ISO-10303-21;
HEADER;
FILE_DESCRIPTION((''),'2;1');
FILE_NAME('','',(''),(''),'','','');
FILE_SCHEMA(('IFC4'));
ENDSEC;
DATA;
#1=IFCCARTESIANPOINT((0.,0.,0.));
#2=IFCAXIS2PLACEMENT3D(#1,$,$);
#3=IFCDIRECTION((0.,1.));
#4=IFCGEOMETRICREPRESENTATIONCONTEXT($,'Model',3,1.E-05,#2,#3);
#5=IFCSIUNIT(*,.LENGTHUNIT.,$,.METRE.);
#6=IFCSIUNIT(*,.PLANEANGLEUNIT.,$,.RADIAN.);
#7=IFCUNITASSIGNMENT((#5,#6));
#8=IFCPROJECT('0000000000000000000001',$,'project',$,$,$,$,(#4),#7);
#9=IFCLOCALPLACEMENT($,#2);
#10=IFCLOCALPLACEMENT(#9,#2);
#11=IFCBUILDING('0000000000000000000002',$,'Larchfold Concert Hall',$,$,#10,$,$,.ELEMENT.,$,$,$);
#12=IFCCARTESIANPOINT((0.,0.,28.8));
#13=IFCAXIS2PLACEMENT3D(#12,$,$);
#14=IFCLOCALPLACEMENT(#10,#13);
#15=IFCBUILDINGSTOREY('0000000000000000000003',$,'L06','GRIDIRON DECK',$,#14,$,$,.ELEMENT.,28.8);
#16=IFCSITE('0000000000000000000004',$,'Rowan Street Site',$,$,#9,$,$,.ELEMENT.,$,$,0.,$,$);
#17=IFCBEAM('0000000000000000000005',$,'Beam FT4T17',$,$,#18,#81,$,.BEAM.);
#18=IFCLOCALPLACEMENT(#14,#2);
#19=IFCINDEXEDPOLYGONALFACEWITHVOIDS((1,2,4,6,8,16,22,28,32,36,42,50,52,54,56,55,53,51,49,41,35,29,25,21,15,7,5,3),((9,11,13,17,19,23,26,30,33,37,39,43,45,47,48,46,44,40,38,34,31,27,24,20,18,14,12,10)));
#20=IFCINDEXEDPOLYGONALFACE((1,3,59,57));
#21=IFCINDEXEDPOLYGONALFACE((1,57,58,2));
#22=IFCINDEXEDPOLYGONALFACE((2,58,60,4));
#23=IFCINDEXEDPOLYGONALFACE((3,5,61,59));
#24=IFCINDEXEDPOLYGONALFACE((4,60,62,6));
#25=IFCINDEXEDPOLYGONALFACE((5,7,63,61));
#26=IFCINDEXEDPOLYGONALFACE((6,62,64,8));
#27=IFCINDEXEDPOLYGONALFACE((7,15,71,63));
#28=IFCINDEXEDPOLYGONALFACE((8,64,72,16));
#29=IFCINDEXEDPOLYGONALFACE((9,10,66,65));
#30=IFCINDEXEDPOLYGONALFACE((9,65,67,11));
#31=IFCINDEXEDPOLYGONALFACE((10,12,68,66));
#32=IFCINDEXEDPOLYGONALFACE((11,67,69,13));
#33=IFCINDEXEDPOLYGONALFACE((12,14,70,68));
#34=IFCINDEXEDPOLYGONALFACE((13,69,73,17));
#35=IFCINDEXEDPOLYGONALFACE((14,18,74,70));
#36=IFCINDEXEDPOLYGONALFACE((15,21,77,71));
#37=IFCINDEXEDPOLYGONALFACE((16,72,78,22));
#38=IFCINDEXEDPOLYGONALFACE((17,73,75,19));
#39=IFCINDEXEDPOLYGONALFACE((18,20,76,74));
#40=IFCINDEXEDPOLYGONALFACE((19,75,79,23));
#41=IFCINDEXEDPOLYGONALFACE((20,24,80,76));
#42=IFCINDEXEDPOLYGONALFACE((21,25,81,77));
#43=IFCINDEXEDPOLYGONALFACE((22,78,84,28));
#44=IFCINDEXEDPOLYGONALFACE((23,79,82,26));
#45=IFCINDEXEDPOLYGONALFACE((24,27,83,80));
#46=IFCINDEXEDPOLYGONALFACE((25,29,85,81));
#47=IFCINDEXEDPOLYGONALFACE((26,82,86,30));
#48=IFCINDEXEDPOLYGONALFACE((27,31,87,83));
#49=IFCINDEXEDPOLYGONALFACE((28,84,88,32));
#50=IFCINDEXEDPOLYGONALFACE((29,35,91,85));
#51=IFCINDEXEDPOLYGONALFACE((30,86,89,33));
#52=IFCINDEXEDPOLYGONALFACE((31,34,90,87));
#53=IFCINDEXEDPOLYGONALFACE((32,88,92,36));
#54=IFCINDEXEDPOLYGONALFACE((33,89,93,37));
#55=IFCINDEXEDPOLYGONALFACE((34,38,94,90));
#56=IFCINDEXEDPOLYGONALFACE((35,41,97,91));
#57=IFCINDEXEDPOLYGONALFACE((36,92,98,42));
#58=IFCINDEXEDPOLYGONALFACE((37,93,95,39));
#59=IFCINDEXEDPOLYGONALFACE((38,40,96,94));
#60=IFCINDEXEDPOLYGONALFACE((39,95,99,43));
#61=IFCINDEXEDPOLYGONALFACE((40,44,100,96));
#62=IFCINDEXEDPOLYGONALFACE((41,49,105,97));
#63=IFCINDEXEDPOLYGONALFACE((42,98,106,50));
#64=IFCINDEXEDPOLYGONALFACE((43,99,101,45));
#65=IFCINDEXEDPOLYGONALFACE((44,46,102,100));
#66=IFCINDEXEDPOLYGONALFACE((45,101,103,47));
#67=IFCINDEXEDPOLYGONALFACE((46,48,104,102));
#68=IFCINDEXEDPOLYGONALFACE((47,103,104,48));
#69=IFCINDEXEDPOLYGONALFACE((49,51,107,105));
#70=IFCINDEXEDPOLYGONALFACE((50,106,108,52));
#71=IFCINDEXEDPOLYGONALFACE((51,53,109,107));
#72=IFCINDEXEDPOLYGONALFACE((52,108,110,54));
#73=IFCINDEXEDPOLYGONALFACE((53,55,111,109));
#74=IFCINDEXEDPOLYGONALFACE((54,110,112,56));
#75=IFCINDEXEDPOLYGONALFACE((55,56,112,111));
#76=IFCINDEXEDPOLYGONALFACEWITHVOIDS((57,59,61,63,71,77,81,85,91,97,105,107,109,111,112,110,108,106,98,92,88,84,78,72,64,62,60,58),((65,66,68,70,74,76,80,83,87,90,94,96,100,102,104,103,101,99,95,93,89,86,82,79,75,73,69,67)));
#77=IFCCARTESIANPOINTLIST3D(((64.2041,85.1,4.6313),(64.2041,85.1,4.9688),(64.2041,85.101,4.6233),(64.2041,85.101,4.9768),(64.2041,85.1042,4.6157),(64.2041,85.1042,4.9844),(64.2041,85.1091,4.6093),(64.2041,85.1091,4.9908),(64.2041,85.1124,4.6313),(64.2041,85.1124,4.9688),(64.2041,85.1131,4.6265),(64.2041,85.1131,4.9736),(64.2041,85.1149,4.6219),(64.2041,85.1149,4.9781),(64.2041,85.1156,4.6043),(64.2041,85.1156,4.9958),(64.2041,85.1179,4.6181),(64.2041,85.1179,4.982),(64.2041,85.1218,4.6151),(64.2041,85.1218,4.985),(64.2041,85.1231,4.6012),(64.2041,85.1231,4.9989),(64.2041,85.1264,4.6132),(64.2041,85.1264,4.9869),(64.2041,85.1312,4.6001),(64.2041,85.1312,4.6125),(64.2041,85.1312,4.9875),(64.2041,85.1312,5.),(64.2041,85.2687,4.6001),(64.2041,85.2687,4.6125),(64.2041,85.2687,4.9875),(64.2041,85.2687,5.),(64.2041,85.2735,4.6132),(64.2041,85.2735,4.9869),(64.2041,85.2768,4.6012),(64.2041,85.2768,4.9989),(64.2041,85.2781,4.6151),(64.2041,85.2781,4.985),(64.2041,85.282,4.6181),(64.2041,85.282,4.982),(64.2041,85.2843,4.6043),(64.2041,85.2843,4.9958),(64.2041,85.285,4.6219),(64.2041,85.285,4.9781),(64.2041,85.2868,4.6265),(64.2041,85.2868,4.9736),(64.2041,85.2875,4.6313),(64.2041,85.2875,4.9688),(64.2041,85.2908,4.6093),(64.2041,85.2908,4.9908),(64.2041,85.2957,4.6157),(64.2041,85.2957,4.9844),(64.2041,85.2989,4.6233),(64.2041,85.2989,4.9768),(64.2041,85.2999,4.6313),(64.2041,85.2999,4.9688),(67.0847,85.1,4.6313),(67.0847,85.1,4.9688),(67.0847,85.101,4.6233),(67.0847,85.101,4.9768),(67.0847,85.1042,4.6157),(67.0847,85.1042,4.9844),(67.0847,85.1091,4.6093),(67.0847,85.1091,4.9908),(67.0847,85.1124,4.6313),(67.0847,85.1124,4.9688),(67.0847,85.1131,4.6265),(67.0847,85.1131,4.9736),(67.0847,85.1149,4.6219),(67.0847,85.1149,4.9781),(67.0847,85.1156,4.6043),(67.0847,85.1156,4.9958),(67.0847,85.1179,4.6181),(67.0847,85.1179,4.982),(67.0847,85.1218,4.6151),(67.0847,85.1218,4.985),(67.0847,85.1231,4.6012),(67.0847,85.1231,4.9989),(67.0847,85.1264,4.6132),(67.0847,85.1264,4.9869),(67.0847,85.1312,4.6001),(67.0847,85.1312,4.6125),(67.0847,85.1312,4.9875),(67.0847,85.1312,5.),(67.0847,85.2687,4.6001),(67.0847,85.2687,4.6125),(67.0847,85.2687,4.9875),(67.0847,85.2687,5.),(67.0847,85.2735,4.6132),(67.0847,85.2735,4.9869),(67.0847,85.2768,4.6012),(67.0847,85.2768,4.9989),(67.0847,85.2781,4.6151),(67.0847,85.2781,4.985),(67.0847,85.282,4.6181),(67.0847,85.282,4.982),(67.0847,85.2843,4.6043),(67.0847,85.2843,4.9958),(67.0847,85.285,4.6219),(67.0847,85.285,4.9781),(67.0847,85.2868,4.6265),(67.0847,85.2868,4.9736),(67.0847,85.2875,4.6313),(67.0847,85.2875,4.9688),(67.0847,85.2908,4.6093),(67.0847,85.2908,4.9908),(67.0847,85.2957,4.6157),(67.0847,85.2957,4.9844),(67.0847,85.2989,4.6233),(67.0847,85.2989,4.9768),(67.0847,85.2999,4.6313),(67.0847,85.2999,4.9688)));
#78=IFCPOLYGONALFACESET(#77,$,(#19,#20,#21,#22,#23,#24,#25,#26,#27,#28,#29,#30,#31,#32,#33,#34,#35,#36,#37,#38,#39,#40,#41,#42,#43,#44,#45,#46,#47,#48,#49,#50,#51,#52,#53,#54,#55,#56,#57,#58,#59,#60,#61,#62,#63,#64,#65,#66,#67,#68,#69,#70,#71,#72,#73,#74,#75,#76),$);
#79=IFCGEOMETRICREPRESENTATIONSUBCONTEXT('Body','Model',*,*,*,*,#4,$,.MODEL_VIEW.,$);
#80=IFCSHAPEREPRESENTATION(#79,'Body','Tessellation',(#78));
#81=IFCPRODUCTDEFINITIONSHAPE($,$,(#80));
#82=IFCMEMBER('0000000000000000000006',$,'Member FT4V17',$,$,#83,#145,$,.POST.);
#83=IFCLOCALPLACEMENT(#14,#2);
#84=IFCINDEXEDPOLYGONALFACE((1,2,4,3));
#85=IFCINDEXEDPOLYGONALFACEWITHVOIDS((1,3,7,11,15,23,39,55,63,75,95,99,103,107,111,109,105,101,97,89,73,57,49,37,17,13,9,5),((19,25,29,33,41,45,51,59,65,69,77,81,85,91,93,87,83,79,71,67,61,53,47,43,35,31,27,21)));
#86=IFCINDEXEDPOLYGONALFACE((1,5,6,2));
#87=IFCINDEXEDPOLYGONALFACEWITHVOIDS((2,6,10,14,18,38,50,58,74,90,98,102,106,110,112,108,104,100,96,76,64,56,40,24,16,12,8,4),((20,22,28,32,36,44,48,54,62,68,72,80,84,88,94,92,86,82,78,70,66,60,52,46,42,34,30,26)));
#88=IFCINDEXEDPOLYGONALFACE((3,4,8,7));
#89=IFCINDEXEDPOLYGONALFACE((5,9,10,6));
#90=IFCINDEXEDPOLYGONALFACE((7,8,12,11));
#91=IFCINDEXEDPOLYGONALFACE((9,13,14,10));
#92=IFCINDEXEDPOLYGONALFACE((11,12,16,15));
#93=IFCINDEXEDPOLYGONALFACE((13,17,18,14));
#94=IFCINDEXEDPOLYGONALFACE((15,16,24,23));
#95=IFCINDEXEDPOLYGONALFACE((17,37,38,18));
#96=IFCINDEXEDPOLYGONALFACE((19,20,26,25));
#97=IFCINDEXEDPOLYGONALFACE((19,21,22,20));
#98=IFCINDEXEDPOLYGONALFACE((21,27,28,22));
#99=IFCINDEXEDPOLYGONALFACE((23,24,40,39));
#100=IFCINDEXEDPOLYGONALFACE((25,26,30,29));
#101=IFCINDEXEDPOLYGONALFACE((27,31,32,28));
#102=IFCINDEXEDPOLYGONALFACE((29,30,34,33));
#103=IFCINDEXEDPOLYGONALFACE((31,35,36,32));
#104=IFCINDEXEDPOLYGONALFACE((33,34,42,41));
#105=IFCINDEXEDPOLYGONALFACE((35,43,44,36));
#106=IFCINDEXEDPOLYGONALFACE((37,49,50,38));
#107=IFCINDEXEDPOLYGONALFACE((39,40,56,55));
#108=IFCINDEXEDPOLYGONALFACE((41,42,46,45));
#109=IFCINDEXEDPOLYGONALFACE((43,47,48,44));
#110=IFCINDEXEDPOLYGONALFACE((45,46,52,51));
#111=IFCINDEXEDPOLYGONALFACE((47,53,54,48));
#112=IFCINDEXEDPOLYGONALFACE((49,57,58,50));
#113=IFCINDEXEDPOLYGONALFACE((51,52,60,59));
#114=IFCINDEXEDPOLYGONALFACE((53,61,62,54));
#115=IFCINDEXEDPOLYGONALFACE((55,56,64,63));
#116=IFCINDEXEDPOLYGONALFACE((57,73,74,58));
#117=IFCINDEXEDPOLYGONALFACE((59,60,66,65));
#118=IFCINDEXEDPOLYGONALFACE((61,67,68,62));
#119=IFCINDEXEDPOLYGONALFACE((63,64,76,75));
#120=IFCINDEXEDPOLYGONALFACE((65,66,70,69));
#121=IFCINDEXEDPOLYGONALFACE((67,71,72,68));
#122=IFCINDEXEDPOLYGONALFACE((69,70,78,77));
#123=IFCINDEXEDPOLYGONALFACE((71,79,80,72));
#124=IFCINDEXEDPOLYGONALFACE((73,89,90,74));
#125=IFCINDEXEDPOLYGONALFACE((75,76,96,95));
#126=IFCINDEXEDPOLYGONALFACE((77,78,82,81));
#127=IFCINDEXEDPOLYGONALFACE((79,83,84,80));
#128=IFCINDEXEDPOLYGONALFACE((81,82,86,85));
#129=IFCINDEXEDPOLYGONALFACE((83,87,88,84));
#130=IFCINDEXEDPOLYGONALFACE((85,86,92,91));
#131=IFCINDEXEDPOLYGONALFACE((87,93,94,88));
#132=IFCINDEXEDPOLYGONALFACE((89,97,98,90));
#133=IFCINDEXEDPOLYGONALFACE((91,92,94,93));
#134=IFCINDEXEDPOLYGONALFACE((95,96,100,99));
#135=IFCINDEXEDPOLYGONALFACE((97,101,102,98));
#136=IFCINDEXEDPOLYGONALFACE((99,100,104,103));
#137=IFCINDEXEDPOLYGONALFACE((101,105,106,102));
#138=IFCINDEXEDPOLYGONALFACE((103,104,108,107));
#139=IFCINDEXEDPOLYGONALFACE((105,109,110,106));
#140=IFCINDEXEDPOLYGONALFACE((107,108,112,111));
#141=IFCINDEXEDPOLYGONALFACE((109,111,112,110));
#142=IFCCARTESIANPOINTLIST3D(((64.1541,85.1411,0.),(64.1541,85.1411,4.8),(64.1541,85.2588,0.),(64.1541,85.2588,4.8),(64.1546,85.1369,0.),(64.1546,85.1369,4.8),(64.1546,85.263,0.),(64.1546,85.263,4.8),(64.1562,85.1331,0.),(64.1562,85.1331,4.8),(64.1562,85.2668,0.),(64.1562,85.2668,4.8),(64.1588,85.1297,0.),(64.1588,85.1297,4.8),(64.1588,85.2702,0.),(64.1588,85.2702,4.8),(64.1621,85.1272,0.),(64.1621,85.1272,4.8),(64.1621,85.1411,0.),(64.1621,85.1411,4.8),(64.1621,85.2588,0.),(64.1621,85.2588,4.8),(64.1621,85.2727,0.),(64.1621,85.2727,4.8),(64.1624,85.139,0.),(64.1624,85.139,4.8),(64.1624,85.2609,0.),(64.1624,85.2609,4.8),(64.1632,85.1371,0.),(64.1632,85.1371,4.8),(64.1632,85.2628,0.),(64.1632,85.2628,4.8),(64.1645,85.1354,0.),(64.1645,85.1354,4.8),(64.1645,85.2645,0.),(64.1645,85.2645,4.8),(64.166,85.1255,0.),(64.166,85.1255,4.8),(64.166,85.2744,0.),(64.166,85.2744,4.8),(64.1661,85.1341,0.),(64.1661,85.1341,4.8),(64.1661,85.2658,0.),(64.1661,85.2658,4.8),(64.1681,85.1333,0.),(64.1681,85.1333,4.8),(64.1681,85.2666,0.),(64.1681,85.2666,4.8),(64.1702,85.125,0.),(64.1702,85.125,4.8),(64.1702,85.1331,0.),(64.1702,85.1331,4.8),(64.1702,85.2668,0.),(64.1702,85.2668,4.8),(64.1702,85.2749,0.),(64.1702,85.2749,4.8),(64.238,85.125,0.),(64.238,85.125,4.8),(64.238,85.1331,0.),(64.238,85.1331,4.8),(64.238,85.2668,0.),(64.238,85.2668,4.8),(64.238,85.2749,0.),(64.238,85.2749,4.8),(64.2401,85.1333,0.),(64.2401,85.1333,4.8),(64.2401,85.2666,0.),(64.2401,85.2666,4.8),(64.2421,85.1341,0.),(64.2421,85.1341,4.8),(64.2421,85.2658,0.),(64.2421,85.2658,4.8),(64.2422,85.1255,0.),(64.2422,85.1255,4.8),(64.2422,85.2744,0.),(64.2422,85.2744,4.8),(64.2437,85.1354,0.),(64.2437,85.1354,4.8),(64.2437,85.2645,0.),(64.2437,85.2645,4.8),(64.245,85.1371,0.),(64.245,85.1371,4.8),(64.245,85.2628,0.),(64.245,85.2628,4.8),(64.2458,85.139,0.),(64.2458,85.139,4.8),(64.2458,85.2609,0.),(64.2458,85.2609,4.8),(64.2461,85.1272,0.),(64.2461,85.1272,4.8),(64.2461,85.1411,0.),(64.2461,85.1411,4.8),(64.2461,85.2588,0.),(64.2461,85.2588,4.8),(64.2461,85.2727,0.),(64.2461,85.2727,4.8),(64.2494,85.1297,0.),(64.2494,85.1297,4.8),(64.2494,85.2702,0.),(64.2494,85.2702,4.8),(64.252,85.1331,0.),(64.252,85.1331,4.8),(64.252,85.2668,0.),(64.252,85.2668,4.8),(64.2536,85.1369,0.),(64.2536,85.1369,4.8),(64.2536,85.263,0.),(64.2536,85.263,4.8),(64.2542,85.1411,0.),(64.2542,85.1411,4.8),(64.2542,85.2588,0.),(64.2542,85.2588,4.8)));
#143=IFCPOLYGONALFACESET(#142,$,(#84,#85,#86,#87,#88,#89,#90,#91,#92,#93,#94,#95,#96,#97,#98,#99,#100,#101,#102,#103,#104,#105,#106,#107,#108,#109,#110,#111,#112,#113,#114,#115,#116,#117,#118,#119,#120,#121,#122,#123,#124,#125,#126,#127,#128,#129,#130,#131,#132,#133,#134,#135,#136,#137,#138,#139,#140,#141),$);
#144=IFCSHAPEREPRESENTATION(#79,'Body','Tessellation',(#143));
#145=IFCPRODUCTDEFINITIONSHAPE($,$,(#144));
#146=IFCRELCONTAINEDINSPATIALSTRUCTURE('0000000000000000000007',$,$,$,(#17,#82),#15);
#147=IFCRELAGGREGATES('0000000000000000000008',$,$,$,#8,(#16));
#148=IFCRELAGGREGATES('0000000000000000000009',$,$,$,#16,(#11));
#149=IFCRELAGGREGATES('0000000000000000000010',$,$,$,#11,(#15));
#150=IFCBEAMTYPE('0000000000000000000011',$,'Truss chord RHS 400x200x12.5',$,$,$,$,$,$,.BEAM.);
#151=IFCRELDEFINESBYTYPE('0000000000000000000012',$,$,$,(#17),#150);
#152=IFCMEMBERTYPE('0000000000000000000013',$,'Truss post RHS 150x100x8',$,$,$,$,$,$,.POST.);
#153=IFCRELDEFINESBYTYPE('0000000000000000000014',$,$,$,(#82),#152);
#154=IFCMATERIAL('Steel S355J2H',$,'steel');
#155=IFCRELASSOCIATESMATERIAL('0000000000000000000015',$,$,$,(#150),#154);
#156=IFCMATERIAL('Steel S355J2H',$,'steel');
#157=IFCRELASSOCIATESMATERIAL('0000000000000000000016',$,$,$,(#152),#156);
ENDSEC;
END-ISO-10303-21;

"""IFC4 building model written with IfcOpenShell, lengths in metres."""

from ifc_helpers import new_model, si_unit, direction, frame, origin, origin_2d, place, context, subcontext, project, spatial, hollow_rectangle, extrude, material, material_profile, profile_set, type_object, element, save


model = new_model("IFC4")

# Units and contexts
model_context = context("Model", 3, precision=1e-05, world=origin(), true_north=direction((0.0, 1.0)))
body_context = subcontext(model_context, "Body", "Model", "MODEL_VIEW")
ifc_project = project(units=[si_unit("LENGTHUNIT", "METRE"), si_unit("PLANEANGLEUNIT", "RADIAN")], contexts=[model_context])

# Site, building, storey
site_placement = place(None, origin())
site = spatial("IfcSite", under=ifc_project, at=site_placement, Name="Rowan Street Site", CompositionType="ELEMENT", RefElevation=0.0)
building_placement = place(site_placement, origin())
building = spatial("IfcBuilding", under=site, at=building_placement, Name="Larchfold Concert Hall", CompositionType="ELEMENT")
storey_placement = place(building_placement, frame((0.0, 0.0, 28.8)))
storey = spatial("IfcBuildingStorey", under=building, at=storey_placement, Name="L06", Description="GRIDIRON DECK", CompositionType="ELEMENT", Elevation=28.8)

# Beam
ifc_material_1 = material(Name="Steel S355J2H", Category="steel")
ifc_material_profile_1 = material_profile(ifc_material_1, hollow_rectangle(XDim=0.2, YDim=0.3999, WallThickness=0.0125, InnerFilletRadius=0.0188, OuterFilletRadius=0.0312, at=origin_2d()))
ifc_profile_set_1 = profile_set([ifc_material_profile_1], Name="Steel S355J2H")
beam_type_1 = type_object("IfcBeamType", Name="Truss chord RHS 400x200x12.5", PredefinedType="BEAM", material=ifc_profile_set_1)
beam_1_placement = place(storey_placement, frame((64.2041, 85.2, 4.8), z_axis=(1.0, 0.0, 0.0), x_axis=(0.0, 1.0, 0.0)))
element("IfcBeam", 1, at=beam_1_placement, inside=storey, type_object=beam_type_1, Name="Beam FT4T17", PredefinedType="BEAM", context=body_context, shape_type="SweptSolid", body=[
    extrude(hollow_rectangle(XDim=0.2, YDim=0.3999, WallThickness=0.0125, InnerFilletRadius=0.0188, OuterFilletRadius=0.0312, at=origin_2d()), origin(), (0.0, 0.0, 1.0), 2.8806),
])

# Member
ifc_material_2 = material(Name="Steel S355J2H", Category="steel")
ifc_material_profile_2 = material_profile(ifc_material_2, hollow_rectangle(XDim=0.1001, YDim=0.1499, WallThickness=0.0081, InnerFilletRadius=0.0081, OuterFilletRadius=0.0161, at=origin_2d()))
ifc_profile_set_2 = profile_set([ifc_material_profile_2], Name="Steel S355J2H")
member_type_1 = type_object("IfcMemberType", Name="Truss post RHS 150x100x8", PredefinedType="POST", material=ifc_profile_set_2)
member_1_placement = place(storey_placement, frame((64.2041, 85.2, 4.8), z_axis=(0.0, 0.0, -1.0), x_axis=(1.0, 0.0, 0.0)))
element("IfcMember", 2, at=member_1_placement, inside=storey, type_object=member_type_1, Name="Member FT4V17", PredefinedType="POST", context=body_context, shape_type="SweptSolid", body=[
    extrude(hollow_rectangle(XDim=0.1001, YDim=0.1499, WallThickness=0.0081, InnerFilletRadius=0.0081, OuterFilletRadius=0.0161, at=origin_2d()), origin(), (0.0, 0.0, 1.0), 4.8),
])

save(model, "model.ifc")
